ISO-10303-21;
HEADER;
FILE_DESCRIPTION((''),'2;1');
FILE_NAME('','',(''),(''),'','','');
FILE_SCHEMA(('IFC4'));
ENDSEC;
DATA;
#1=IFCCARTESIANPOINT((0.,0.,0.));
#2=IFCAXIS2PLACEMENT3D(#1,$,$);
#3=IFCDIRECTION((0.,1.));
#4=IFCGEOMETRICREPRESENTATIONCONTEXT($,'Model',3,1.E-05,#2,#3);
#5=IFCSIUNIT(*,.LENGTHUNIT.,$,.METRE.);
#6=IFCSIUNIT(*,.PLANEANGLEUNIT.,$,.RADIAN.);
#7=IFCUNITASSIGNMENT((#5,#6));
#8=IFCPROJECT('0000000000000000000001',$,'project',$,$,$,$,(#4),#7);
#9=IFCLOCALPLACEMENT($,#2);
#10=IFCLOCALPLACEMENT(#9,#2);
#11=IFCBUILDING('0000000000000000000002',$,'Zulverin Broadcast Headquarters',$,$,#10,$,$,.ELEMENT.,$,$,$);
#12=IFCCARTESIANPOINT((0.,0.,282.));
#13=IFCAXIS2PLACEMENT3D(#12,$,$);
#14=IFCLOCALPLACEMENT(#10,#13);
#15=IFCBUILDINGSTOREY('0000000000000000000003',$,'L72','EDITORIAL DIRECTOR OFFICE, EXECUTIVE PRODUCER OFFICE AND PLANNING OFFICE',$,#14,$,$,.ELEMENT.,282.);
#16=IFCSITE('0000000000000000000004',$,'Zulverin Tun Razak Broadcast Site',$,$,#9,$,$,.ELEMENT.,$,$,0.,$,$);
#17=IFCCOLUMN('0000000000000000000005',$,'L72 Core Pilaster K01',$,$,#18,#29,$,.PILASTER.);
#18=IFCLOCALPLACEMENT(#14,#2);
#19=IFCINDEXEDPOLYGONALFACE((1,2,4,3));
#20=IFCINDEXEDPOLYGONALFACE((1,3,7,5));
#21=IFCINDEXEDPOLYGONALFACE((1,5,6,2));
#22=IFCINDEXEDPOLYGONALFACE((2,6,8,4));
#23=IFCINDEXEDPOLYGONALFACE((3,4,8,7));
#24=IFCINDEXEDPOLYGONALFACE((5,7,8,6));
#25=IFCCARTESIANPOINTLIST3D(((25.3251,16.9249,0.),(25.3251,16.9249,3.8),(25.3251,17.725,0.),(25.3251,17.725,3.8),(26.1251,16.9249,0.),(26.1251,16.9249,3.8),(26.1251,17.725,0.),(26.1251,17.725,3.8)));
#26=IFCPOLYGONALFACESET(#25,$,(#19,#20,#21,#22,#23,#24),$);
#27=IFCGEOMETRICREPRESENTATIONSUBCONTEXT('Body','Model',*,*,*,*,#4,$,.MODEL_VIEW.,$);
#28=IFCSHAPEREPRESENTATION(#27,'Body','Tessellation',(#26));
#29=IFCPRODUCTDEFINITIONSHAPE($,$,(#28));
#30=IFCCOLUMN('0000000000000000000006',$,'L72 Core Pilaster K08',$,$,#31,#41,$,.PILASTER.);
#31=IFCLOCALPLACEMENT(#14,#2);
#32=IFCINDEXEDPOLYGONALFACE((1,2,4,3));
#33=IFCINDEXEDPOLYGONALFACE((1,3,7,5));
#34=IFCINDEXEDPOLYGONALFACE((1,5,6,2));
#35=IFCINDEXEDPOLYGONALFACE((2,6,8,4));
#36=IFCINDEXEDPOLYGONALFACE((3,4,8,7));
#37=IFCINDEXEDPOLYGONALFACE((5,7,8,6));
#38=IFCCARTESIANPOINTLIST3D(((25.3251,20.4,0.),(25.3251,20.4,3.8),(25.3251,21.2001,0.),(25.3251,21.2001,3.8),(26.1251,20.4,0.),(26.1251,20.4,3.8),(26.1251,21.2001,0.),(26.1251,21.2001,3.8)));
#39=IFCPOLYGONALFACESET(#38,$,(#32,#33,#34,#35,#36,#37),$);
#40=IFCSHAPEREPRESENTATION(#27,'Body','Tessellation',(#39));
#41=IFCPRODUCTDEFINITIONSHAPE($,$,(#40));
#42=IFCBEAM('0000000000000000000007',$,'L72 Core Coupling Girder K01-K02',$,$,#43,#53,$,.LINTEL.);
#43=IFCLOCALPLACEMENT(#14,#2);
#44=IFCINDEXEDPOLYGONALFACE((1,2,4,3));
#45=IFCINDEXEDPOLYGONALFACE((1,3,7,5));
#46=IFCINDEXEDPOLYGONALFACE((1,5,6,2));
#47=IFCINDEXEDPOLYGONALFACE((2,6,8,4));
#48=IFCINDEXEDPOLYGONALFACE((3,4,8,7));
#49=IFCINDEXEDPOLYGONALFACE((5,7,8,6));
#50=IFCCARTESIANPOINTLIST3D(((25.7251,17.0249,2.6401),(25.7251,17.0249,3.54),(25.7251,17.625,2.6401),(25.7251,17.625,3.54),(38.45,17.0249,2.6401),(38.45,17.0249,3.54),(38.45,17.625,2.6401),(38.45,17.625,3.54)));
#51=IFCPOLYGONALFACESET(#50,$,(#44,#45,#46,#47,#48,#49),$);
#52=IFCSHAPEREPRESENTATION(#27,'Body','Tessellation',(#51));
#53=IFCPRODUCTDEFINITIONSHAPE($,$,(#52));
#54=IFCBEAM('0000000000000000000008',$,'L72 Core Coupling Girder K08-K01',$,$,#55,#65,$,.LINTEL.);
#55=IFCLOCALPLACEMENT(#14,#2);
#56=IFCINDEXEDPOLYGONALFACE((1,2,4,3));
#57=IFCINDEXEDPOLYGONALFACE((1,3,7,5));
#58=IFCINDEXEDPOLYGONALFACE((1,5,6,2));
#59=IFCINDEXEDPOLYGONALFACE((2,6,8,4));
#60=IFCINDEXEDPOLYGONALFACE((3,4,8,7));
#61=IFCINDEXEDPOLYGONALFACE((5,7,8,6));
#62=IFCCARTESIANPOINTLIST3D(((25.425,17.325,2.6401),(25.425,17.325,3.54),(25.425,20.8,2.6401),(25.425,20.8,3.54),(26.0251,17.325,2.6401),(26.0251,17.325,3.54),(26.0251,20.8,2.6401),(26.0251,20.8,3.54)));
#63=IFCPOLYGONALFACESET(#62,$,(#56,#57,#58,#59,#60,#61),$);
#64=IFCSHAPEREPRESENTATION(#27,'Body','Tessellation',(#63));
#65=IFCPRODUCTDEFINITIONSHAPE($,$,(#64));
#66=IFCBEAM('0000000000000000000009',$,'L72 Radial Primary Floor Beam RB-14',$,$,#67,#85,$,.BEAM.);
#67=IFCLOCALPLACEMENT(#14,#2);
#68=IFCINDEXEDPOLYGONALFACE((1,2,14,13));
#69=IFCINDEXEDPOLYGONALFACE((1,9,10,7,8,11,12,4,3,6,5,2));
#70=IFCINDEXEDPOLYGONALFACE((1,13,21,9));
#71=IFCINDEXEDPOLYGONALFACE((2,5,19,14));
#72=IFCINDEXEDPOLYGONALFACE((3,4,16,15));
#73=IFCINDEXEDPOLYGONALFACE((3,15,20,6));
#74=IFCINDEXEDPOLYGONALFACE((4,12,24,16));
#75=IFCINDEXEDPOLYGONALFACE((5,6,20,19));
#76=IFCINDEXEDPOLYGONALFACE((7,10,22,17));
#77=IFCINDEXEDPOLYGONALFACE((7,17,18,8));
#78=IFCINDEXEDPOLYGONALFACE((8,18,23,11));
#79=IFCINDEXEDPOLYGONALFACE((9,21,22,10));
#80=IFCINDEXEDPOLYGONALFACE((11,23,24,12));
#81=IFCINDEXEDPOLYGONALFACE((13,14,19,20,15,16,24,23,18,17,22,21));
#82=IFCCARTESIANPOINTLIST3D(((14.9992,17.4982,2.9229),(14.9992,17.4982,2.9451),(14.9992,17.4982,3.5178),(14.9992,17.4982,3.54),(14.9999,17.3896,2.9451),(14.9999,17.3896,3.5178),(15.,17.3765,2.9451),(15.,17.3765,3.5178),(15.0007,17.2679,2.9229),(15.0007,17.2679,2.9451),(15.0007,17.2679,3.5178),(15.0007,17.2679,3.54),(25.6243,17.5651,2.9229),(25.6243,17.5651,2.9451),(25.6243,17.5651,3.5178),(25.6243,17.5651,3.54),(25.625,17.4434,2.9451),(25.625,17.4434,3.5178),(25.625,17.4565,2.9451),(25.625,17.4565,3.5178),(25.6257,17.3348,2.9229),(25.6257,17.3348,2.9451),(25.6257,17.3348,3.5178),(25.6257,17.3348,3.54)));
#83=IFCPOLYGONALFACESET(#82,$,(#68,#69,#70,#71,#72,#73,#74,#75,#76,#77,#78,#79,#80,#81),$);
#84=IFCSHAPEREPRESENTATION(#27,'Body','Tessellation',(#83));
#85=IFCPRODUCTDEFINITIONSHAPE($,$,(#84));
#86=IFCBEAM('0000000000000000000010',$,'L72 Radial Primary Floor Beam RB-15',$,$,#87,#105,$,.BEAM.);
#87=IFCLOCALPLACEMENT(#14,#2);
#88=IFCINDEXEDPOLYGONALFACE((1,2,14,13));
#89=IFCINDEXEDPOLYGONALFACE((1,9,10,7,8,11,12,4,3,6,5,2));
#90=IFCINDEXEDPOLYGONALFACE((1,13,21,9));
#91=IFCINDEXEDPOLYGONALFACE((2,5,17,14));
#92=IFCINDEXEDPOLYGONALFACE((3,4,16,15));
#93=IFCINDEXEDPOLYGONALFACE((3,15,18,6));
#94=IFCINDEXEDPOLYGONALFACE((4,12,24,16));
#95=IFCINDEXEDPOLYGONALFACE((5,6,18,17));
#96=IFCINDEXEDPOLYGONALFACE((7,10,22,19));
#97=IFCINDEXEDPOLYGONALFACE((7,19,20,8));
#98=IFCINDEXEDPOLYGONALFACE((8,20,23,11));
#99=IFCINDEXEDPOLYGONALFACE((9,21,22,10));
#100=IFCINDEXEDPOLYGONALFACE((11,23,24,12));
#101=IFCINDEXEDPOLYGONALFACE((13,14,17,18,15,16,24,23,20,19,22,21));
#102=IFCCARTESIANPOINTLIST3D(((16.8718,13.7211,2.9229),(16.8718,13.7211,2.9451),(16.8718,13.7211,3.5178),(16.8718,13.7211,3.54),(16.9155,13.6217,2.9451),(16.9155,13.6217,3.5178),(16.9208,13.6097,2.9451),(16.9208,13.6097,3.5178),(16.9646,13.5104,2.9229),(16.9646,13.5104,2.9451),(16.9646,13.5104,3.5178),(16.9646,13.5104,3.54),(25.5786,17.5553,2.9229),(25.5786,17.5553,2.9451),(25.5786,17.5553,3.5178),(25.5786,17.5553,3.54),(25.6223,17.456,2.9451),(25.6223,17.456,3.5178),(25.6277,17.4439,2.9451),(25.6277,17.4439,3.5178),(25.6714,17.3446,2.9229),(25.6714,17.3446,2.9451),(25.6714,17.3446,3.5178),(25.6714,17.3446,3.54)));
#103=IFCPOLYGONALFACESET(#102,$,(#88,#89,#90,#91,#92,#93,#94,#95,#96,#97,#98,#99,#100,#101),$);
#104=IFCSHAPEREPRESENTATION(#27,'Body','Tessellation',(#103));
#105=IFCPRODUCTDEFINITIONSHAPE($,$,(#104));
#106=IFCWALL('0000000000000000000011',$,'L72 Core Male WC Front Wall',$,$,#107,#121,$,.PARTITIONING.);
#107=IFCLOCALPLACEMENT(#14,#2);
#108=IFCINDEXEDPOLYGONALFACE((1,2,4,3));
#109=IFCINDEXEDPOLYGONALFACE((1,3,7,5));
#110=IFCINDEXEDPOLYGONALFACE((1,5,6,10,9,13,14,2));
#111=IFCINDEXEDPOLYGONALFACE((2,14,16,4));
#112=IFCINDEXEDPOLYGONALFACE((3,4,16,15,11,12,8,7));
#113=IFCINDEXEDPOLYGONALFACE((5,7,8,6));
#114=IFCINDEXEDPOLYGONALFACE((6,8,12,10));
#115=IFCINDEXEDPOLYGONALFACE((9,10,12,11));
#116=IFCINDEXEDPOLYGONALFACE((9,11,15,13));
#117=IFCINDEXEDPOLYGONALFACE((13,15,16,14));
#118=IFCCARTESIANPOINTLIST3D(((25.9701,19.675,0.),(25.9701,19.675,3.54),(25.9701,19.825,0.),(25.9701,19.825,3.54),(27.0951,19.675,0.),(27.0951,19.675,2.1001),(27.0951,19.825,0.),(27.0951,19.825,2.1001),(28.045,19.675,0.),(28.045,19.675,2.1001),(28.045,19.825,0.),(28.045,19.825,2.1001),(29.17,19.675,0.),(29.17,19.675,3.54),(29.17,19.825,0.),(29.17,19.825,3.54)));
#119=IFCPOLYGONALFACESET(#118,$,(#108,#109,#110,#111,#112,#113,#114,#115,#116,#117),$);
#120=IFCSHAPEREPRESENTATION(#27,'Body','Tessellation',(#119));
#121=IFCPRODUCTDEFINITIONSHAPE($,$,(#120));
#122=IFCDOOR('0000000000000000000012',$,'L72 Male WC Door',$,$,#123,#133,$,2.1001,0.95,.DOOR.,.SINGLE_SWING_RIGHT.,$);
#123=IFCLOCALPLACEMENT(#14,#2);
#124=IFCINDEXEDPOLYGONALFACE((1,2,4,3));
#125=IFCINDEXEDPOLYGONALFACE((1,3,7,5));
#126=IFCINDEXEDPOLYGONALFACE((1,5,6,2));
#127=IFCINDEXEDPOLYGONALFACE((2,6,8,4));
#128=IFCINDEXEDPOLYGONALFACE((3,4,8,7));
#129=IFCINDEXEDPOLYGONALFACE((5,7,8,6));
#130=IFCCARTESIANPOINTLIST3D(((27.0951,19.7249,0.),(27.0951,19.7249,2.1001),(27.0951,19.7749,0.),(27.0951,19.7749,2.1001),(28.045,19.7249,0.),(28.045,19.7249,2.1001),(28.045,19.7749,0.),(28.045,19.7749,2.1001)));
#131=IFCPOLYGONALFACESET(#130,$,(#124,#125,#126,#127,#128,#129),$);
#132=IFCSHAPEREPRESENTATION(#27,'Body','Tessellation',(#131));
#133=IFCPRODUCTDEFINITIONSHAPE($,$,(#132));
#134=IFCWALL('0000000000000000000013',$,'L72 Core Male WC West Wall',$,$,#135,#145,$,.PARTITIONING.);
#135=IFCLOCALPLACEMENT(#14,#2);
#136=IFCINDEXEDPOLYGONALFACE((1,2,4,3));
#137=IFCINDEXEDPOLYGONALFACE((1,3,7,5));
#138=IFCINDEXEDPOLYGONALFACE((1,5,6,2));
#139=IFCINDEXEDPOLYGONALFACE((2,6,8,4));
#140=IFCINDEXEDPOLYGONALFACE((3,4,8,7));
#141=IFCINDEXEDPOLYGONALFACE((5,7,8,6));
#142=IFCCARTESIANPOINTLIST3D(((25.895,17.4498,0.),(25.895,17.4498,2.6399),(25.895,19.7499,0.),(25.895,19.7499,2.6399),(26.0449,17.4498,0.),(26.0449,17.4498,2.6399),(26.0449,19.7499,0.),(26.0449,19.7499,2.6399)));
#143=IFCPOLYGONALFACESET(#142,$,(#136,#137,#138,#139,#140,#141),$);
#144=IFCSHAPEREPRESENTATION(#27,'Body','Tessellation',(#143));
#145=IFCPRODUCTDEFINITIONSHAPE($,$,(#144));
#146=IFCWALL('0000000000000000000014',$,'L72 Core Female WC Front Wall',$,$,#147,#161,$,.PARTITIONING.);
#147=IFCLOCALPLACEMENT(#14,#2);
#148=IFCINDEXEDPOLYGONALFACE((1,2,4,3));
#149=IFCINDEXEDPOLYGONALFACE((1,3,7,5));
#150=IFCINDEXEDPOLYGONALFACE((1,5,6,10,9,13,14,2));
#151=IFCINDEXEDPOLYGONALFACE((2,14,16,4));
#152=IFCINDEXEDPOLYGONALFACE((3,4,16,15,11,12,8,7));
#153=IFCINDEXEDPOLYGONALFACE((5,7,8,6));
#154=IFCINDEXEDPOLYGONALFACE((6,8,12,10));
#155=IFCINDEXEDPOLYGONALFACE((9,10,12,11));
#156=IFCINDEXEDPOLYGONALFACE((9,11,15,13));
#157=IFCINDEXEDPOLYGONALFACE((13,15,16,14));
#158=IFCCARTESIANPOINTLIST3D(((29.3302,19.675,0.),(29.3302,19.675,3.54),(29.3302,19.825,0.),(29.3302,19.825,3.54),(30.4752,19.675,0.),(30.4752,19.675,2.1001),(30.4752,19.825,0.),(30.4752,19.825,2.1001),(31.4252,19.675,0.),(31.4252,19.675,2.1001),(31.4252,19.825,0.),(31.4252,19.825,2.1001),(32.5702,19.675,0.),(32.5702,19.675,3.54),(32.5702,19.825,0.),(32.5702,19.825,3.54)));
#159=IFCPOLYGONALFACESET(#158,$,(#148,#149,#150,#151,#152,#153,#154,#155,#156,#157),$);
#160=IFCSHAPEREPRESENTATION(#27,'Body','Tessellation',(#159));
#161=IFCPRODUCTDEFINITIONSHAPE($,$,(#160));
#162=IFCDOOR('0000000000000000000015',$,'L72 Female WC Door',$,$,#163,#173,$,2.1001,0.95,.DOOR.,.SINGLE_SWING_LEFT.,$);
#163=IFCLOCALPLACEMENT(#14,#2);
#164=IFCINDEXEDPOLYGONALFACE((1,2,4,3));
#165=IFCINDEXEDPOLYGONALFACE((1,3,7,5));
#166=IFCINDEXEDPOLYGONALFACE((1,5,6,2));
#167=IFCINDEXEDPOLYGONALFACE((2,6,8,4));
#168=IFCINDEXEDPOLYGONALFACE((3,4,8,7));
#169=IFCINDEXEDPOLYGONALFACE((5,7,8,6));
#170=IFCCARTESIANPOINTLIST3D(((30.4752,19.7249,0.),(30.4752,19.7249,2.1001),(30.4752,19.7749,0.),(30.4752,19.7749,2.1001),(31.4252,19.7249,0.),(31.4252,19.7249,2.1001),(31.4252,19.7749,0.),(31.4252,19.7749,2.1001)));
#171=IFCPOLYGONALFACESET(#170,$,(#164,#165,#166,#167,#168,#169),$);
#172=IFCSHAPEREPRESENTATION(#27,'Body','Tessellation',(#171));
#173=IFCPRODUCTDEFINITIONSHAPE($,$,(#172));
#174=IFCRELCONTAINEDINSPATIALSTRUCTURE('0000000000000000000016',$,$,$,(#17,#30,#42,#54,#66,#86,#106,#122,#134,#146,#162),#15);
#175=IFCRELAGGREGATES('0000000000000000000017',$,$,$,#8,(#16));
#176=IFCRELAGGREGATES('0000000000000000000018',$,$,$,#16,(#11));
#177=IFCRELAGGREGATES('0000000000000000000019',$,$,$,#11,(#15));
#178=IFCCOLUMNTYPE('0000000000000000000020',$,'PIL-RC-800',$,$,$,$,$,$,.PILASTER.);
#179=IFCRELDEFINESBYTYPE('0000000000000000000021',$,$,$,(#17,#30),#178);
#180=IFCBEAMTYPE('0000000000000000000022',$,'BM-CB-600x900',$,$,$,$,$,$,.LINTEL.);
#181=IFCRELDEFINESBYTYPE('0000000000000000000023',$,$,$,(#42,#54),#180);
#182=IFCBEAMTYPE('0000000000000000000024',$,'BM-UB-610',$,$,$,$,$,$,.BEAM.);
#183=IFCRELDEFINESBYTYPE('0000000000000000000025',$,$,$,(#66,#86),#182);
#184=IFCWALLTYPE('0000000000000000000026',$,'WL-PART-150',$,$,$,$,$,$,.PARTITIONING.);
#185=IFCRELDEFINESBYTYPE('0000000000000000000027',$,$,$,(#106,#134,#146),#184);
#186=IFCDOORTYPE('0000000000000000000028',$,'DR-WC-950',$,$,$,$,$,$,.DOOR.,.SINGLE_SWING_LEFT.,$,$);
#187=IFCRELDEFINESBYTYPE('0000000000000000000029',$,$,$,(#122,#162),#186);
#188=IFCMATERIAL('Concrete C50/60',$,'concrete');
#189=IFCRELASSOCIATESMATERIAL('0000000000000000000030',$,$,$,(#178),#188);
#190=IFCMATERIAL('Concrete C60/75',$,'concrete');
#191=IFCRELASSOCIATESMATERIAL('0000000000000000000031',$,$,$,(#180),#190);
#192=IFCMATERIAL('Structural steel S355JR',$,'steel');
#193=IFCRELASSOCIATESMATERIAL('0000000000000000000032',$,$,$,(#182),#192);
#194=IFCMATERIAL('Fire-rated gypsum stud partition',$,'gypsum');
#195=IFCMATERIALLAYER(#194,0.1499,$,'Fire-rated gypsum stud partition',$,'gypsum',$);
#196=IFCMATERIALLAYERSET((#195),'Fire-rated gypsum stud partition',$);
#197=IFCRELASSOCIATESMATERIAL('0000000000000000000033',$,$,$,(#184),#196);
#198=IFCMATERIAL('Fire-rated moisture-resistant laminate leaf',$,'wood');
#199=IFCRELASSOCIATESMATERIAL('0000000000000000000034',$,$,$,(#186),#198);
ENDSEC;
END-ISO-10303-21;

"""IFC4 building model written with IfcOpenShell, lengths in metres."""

from ifc_helpers import new_model, si_unit, direction, frame, frame_2d, origin, origin_2d, place, context, subcontext, project, spatial, rectangle, i_section, extrude, material, layer, layer_set, material_profile, profile_set, type_object, element, fill, save


model = new_model("IFC4")

# Units and contexts
model_context = context("Model", 3, precision=1e-05, world=origin(), true_north=direction((0.0, 1.0)))
body_context = subcontext(model_context, "Body", "Model", "MODEL_VIEW")
ifc_project = project(units=[si_unit("LENGTHUNIT", "METRE"), si_unit("PLANEANGLEUNIT", "RADIAN")], contexts=[model_context])

# Site, building, storey
site_placement = place(None, origin())
site = spatial("IfcSite", under=ifc_project, at=site_placement, Name="Zulverin Tun Razak Broadcast Site", CompositionType="ELEMENT", RefElevation=0.0)
building_placement = place(site_placement, origin())
building = spatial("IfcBuilding", under=site, at=building_placement, Name="Zulverin Broadcast Headquarters", CompositionType="ELEMENT")
storey_placement = place(building_placement, frame((0.0, 0.0, 282.0)))
storey = spatial("IfcBuildingStorey", under=building, at=storey_placement, Name="L72", Description="EDITORIAL DIRECTOR OFFICE, EXECUTIVE PRODUCER OFFICE AND PLANNING OFFICE", CompositionType="ELEMENT", Elevation=282.0)

# Columns
ifc_material_1 = material(Name="Concrete C50/60", Category="concrete")
ifc_material_profile_1 = material_profile(ifc_material_1, rectangle(XDim=0.8, YDim=0.8, at=origin_2d()), Name="Concrete C50/60", Category="concrete")
ifc_profile_set_1 = profile_set([ifc_material_profile_1], Name="Concrete C50/60")
column_type = type_object("IfcColumnType", Name="PIL-RC-800", PredefinedType="PILASTER", material=ifc_profile_set_1)
for number, where, z_axis, x_axis, name in (
    (1, (25.7251, 17.325, 0.0), (0.0, 0.0, 1.0), (1.0, 0.0, 0.0), "L72 Core Pilaster K01"),
    (2, (25.7251, 20.8, 0.0), (0.0, 0.0, 1.0), (1.0, 0.0, 0.0), "L72 Core Pilaster K08"),
):
    element("IfcColumn", number, at=place(storey_placement, frame(where, z_axis=z_axis, x_axis=x_axis)), inside=storey, type_object=column_type, Name=name, PredefinedType="PILASTER", context=body_context, shape_type="SweptSolid", body=[
        extrude(rectangle(XDim=0.8, YDim=0.8, at=origin_2d()), origin(), (0.0, 0.0, 1.0), 3.8),
    ])

# Beams
ifc_material_2 = material(Name="Concrete C60/75", Category="concrete")
ifc_material_profile_2 = material_profile(ifc_material_2, rectangle(XDim=0.6001, YDim=0.8999, at=origin_2d()), Name="Concrete C60/75", Category="concrete")
ifc_profile_set_2 = profile_set([ifc_material_profile_2], Name="Concrete C60/75")
beam_type_1 = type_object("IfcBeamType", Name="BM-CB-600x900", PredefinedType="LINTEL", material=ifc_profile_set_2)
beam_1_placement = place(storey_placement, frame((25.7251, 17.325, 3.0901), z_axis=(1.0, 0.0, 0.0), x_axis=(0.0, 1.0, 0.0)))
element("IfcBeam", 3, at=beam_1_placement, inside=storey, type_object=beam_type_1, Name="L72 Core Coupling Girder K01-K02", PredefinedType="LINTEL", context=body_context, shape_type="SweptSolid", body=[
    extrude(rectangle(XDim=0.6001, YDim=0.8999, at=origin_2d()), origin(), (0.0, 0.0, 1.0), 12.7249),
])
beam_2_placement = place(storey_placement, frame((25.7251, 20.8, 3.0901), z_axis=(0.0, -1.0, 0.0), x_axis=(1.0, 0.0, 0.0)))
element("IfcBeam", 4, at=beam_2_placement, inside=storey, type_object=beam_type_1, Name="L72 Core Coupling Girder K08-K01", PredefinedType="LINTEL", context=body_context, shape_type="SweptSolid", body=[
    extrude(rectangle(XDim=0.6001, YDim=0.8999, at=origin_2d()), origin(), (0.0, 0.0, 1.0), 3.4751),
])
ifc_material_3 = material(Name="Structural steel S355JR", Category="steel")
ifc_material_profile_3 = material_profile(ifc_material_3, i_section(OverallWidth=0.2302, OverallDepth=0.6172, WebThickness=0.0132, FlangeThickness=0.0222, at=origin_2d()), Name="Structural steel S355JR", Category="steel")
ifc_profile_set_3 = profile_set([ifc_material_profile_3], Name="Structural steel S355JR")
beam_type_2 = type_object("IfcBeamType", Name="BM-UB-610", PredefinedType="BEAM", material=ifc_profile_set_3)
beam_3_placement = place(storey_placement, frame((25.625, 17.45, 3.2314), z_axis=(-0.99998, -0.006296, 0.0), x_axis=(0.006296, -0.99998, 0.0)))
element("IfcBeam", 5, at=beam_3_placement, inside=storey, type_object=beam_type_2, Name="L72 Radial Primary Floor Beam RB-14", PredefinedType="BEAM", context=body_context, shape_type="SweptSolid", body=[
    extrude(i_section(OverallWidth=0.2302, OverallDepth=0.6172, WebThickness=0.0132, FlangeThickness=0.0222, at=origin_2d()), origin(), (0.0, 0.0, 1.0), 10.6252),
])
beam_4_placement = place(storey_placement, frame((25.625, 17.45, 3.2314), z_axis=(-0.915189, -0.403024, 0.0), x_axis=(0.403024, -0.915189, 0.0)))
element("IfcBeam", 6, at=beam_4_placement, inside=storey, type_object=beam_type_2, Name="L72 Radial Primary Floor Beam RB-15", PredefinedType="BEAM", context=body_context, shape_type="SweptSolid", body=[
    extrude(i_section(OverallWidth=0.2302, OverallDepth=0.6172, WebThickness=0.0132, FlangeThickness=0.0222, at=origin_2d()), origin(), (0.0, 0.0, 1.0), 9.5137),
])

# Wall, opening, door
ifc_material_4 = material(Name="Fire-rated gypsum stud partition", Category="gypsum")
ifc_layer_1 = layer(ifc_material_4, 0.1499, Name="Fire-rated gypsum stud partition", Category="gypsum")
ifc_layer_set_1 = layer_set([ifc_layer_1], Name="Fire-rated gypsum stud partition")
wall_type_1 = type_object("IfcWallType", Name="WL-PART-150", PredefinedType="PARTITIONING", material=ifc_layer_set_1)
wall_1_placement = place(storey_placement, frame((25.97, 19.75, 0.0), z_axis=(0.0, 0.0, 1.0), x_axis=(1.0, 0.0, 0.0)))
wall_1 = element("IfcWall", 7, at=wall_1_placement, inside=storey, type_object=wall_type_1, Name="L72 Core Male WC Front Wall", PredefinedType="PARTITIONING", context=body_context, shape_type="SweptSolid", body=[
    extrude(rectangle(XDim=3.2, YDim=0.1499, at=frame_2d((1.6001, 0.0))), origin(), (0.0, 0.0, 1.0), 3.54),
])
opening_1_placement = place(wall_1_placement, frame((1.125, 0.0, 0.0)))
opening_1 = element("IfcOpeningElement", 8, at=opening_1_placement, cuts=wall_1, PredefinedType="OPENING", context=body_context, shape_type="SweptSolid", body=[
    extrude(rectangle(XDim=0.95, YDim=2.1001, at=frame_2d((0.4751, 1.05))), frame((0.0, 0.085, 0.0), z_axis=(0.0, -1.0, 0.0), x_axis=(1.0, 0.0, 0.0)), (0.0, 0.0, 1.0), 0.1699),
])
ifc_material_5 = material(Name="Fire-rated moisture-resistant laminate leaf", Category="wood")
door_type_1 = type_object("IfcDoorType", Name="DR-WC-950", OperationType="SINGLE_SWING_LEFT", PredefinedType="DOOR", material=ifc_material_5)
door_1_placement = place(opening_1_placement, origin())
door_1 = element("IfcDoor", 9, at=door_1_placement, inside=storey, type_object=door_type_1, Name="L72 Male WC Door", OperationType="SINGLE_SWING_RIGHT", OverallHeight=2.1001, OverallWidth=0.95, PredefinedType="DOOR", context=body_context, shape_type="SweptSolid", body=[
    extrude(rectangle(XDim=0.95, YDim=2.1001, at=frame_2d((0.4751, 1.05))), frame((0.0, 0.0249, 0.0), z_axis=(0.0, -1.0, 0.0), x_axis=(1.0, 0.0, 0.0)), (0.0, 0.0, 1.0), 0.05),
])
fill(opening_1, door_1)

# Wall
wall_2_placement = place(storey_placement, frame((25.97, 17.45, 0.0), z_axis=(0.0, 0.0, 1.0), x_axis=(0.0, 1.0, 0.0)))
element("IfcWall", 10, at=wall_2_placement, inside=storey, type_object=wall_type_1, Name="L72 Core Male WC West Wall", PredefinedType="PARTITIONING", context=body_context, shape_type="SweptSolid", body=[
    extrude(rectangle(XDim=2.3, YDim=0.1499, at=frame_2d((1.1499, 0.0))), origin(), (0.0, 0.0, 1.0), 2.6399),
])

# Wall, opening, door
wall_3_placement = place(storey_placement, frame((29.3301, 19.75, 0.0), z_axis=(0.0, 0.0, 1.0), x_axis=(1.0, 0.0, 0.0)))
wall_3 = element("IfcWall", 11, at=wall_3_placement, inside=storey, type_object=wall_type_1, Name="L72 Core Female WC Front Wall", PredefinedType="PARTITIONING", context=body_context, shape_type="SweptSolid", body=[
    extrude(rectangle(XDim=3.24, YDim=0.1499, at=frame_2d((1.6201, 0.0))), origin(), (0.0, 0.0, 1.0), 3.54),
])
opening_2_placement = place(wall_3_placement, frame((1.145, 0.0, 0.0)))
opening_2 = element("IfcOpeningElement", 12, at=opening_2_placement, cuts=wall_3, PredefinedType="OPENING", context=body_context, shape_type="SweptSolid", body=[
    extrude(rectangle(XDim=0.95, YDim=2.1001, at=frame_2d((0.4751, 1.05))), frame((0.0, 0.085, 0.0), z_axis=(0.0, -1.0, 0.0), x_axis=(1.0, 0.0, 0.0)), (0.0, 0.0, 1.0), 0.1699),
])
door_2_placement = place(opening_2_placement, origin())
door_2 = element("IfcDoor", 13, at=door_2_placement, inside=storey, type_object=door_type_1, Name="L72 Female WC Door", OperationType="SINGLE_SWING_LEFT", OverallHeight=2.1001, OverallWidth=0.95, PredefinedType="DOOR", context=body_context, shape_type="SweptSolid", body=[
    extrude(rectangle(XDim=0.95, YDim=2.1001, at=frame_2d((0.4751, 1.05))), frame((0.0, 0.0249, 0.0), z_axis=(0.0, -1.0, 0.0), x_axis=(1.0, 0.0, 0.0)), (0.0, 0.0, 1.0), 0.05),
])
fill(opening_2, door_2)

save(model, "model.ifc")
